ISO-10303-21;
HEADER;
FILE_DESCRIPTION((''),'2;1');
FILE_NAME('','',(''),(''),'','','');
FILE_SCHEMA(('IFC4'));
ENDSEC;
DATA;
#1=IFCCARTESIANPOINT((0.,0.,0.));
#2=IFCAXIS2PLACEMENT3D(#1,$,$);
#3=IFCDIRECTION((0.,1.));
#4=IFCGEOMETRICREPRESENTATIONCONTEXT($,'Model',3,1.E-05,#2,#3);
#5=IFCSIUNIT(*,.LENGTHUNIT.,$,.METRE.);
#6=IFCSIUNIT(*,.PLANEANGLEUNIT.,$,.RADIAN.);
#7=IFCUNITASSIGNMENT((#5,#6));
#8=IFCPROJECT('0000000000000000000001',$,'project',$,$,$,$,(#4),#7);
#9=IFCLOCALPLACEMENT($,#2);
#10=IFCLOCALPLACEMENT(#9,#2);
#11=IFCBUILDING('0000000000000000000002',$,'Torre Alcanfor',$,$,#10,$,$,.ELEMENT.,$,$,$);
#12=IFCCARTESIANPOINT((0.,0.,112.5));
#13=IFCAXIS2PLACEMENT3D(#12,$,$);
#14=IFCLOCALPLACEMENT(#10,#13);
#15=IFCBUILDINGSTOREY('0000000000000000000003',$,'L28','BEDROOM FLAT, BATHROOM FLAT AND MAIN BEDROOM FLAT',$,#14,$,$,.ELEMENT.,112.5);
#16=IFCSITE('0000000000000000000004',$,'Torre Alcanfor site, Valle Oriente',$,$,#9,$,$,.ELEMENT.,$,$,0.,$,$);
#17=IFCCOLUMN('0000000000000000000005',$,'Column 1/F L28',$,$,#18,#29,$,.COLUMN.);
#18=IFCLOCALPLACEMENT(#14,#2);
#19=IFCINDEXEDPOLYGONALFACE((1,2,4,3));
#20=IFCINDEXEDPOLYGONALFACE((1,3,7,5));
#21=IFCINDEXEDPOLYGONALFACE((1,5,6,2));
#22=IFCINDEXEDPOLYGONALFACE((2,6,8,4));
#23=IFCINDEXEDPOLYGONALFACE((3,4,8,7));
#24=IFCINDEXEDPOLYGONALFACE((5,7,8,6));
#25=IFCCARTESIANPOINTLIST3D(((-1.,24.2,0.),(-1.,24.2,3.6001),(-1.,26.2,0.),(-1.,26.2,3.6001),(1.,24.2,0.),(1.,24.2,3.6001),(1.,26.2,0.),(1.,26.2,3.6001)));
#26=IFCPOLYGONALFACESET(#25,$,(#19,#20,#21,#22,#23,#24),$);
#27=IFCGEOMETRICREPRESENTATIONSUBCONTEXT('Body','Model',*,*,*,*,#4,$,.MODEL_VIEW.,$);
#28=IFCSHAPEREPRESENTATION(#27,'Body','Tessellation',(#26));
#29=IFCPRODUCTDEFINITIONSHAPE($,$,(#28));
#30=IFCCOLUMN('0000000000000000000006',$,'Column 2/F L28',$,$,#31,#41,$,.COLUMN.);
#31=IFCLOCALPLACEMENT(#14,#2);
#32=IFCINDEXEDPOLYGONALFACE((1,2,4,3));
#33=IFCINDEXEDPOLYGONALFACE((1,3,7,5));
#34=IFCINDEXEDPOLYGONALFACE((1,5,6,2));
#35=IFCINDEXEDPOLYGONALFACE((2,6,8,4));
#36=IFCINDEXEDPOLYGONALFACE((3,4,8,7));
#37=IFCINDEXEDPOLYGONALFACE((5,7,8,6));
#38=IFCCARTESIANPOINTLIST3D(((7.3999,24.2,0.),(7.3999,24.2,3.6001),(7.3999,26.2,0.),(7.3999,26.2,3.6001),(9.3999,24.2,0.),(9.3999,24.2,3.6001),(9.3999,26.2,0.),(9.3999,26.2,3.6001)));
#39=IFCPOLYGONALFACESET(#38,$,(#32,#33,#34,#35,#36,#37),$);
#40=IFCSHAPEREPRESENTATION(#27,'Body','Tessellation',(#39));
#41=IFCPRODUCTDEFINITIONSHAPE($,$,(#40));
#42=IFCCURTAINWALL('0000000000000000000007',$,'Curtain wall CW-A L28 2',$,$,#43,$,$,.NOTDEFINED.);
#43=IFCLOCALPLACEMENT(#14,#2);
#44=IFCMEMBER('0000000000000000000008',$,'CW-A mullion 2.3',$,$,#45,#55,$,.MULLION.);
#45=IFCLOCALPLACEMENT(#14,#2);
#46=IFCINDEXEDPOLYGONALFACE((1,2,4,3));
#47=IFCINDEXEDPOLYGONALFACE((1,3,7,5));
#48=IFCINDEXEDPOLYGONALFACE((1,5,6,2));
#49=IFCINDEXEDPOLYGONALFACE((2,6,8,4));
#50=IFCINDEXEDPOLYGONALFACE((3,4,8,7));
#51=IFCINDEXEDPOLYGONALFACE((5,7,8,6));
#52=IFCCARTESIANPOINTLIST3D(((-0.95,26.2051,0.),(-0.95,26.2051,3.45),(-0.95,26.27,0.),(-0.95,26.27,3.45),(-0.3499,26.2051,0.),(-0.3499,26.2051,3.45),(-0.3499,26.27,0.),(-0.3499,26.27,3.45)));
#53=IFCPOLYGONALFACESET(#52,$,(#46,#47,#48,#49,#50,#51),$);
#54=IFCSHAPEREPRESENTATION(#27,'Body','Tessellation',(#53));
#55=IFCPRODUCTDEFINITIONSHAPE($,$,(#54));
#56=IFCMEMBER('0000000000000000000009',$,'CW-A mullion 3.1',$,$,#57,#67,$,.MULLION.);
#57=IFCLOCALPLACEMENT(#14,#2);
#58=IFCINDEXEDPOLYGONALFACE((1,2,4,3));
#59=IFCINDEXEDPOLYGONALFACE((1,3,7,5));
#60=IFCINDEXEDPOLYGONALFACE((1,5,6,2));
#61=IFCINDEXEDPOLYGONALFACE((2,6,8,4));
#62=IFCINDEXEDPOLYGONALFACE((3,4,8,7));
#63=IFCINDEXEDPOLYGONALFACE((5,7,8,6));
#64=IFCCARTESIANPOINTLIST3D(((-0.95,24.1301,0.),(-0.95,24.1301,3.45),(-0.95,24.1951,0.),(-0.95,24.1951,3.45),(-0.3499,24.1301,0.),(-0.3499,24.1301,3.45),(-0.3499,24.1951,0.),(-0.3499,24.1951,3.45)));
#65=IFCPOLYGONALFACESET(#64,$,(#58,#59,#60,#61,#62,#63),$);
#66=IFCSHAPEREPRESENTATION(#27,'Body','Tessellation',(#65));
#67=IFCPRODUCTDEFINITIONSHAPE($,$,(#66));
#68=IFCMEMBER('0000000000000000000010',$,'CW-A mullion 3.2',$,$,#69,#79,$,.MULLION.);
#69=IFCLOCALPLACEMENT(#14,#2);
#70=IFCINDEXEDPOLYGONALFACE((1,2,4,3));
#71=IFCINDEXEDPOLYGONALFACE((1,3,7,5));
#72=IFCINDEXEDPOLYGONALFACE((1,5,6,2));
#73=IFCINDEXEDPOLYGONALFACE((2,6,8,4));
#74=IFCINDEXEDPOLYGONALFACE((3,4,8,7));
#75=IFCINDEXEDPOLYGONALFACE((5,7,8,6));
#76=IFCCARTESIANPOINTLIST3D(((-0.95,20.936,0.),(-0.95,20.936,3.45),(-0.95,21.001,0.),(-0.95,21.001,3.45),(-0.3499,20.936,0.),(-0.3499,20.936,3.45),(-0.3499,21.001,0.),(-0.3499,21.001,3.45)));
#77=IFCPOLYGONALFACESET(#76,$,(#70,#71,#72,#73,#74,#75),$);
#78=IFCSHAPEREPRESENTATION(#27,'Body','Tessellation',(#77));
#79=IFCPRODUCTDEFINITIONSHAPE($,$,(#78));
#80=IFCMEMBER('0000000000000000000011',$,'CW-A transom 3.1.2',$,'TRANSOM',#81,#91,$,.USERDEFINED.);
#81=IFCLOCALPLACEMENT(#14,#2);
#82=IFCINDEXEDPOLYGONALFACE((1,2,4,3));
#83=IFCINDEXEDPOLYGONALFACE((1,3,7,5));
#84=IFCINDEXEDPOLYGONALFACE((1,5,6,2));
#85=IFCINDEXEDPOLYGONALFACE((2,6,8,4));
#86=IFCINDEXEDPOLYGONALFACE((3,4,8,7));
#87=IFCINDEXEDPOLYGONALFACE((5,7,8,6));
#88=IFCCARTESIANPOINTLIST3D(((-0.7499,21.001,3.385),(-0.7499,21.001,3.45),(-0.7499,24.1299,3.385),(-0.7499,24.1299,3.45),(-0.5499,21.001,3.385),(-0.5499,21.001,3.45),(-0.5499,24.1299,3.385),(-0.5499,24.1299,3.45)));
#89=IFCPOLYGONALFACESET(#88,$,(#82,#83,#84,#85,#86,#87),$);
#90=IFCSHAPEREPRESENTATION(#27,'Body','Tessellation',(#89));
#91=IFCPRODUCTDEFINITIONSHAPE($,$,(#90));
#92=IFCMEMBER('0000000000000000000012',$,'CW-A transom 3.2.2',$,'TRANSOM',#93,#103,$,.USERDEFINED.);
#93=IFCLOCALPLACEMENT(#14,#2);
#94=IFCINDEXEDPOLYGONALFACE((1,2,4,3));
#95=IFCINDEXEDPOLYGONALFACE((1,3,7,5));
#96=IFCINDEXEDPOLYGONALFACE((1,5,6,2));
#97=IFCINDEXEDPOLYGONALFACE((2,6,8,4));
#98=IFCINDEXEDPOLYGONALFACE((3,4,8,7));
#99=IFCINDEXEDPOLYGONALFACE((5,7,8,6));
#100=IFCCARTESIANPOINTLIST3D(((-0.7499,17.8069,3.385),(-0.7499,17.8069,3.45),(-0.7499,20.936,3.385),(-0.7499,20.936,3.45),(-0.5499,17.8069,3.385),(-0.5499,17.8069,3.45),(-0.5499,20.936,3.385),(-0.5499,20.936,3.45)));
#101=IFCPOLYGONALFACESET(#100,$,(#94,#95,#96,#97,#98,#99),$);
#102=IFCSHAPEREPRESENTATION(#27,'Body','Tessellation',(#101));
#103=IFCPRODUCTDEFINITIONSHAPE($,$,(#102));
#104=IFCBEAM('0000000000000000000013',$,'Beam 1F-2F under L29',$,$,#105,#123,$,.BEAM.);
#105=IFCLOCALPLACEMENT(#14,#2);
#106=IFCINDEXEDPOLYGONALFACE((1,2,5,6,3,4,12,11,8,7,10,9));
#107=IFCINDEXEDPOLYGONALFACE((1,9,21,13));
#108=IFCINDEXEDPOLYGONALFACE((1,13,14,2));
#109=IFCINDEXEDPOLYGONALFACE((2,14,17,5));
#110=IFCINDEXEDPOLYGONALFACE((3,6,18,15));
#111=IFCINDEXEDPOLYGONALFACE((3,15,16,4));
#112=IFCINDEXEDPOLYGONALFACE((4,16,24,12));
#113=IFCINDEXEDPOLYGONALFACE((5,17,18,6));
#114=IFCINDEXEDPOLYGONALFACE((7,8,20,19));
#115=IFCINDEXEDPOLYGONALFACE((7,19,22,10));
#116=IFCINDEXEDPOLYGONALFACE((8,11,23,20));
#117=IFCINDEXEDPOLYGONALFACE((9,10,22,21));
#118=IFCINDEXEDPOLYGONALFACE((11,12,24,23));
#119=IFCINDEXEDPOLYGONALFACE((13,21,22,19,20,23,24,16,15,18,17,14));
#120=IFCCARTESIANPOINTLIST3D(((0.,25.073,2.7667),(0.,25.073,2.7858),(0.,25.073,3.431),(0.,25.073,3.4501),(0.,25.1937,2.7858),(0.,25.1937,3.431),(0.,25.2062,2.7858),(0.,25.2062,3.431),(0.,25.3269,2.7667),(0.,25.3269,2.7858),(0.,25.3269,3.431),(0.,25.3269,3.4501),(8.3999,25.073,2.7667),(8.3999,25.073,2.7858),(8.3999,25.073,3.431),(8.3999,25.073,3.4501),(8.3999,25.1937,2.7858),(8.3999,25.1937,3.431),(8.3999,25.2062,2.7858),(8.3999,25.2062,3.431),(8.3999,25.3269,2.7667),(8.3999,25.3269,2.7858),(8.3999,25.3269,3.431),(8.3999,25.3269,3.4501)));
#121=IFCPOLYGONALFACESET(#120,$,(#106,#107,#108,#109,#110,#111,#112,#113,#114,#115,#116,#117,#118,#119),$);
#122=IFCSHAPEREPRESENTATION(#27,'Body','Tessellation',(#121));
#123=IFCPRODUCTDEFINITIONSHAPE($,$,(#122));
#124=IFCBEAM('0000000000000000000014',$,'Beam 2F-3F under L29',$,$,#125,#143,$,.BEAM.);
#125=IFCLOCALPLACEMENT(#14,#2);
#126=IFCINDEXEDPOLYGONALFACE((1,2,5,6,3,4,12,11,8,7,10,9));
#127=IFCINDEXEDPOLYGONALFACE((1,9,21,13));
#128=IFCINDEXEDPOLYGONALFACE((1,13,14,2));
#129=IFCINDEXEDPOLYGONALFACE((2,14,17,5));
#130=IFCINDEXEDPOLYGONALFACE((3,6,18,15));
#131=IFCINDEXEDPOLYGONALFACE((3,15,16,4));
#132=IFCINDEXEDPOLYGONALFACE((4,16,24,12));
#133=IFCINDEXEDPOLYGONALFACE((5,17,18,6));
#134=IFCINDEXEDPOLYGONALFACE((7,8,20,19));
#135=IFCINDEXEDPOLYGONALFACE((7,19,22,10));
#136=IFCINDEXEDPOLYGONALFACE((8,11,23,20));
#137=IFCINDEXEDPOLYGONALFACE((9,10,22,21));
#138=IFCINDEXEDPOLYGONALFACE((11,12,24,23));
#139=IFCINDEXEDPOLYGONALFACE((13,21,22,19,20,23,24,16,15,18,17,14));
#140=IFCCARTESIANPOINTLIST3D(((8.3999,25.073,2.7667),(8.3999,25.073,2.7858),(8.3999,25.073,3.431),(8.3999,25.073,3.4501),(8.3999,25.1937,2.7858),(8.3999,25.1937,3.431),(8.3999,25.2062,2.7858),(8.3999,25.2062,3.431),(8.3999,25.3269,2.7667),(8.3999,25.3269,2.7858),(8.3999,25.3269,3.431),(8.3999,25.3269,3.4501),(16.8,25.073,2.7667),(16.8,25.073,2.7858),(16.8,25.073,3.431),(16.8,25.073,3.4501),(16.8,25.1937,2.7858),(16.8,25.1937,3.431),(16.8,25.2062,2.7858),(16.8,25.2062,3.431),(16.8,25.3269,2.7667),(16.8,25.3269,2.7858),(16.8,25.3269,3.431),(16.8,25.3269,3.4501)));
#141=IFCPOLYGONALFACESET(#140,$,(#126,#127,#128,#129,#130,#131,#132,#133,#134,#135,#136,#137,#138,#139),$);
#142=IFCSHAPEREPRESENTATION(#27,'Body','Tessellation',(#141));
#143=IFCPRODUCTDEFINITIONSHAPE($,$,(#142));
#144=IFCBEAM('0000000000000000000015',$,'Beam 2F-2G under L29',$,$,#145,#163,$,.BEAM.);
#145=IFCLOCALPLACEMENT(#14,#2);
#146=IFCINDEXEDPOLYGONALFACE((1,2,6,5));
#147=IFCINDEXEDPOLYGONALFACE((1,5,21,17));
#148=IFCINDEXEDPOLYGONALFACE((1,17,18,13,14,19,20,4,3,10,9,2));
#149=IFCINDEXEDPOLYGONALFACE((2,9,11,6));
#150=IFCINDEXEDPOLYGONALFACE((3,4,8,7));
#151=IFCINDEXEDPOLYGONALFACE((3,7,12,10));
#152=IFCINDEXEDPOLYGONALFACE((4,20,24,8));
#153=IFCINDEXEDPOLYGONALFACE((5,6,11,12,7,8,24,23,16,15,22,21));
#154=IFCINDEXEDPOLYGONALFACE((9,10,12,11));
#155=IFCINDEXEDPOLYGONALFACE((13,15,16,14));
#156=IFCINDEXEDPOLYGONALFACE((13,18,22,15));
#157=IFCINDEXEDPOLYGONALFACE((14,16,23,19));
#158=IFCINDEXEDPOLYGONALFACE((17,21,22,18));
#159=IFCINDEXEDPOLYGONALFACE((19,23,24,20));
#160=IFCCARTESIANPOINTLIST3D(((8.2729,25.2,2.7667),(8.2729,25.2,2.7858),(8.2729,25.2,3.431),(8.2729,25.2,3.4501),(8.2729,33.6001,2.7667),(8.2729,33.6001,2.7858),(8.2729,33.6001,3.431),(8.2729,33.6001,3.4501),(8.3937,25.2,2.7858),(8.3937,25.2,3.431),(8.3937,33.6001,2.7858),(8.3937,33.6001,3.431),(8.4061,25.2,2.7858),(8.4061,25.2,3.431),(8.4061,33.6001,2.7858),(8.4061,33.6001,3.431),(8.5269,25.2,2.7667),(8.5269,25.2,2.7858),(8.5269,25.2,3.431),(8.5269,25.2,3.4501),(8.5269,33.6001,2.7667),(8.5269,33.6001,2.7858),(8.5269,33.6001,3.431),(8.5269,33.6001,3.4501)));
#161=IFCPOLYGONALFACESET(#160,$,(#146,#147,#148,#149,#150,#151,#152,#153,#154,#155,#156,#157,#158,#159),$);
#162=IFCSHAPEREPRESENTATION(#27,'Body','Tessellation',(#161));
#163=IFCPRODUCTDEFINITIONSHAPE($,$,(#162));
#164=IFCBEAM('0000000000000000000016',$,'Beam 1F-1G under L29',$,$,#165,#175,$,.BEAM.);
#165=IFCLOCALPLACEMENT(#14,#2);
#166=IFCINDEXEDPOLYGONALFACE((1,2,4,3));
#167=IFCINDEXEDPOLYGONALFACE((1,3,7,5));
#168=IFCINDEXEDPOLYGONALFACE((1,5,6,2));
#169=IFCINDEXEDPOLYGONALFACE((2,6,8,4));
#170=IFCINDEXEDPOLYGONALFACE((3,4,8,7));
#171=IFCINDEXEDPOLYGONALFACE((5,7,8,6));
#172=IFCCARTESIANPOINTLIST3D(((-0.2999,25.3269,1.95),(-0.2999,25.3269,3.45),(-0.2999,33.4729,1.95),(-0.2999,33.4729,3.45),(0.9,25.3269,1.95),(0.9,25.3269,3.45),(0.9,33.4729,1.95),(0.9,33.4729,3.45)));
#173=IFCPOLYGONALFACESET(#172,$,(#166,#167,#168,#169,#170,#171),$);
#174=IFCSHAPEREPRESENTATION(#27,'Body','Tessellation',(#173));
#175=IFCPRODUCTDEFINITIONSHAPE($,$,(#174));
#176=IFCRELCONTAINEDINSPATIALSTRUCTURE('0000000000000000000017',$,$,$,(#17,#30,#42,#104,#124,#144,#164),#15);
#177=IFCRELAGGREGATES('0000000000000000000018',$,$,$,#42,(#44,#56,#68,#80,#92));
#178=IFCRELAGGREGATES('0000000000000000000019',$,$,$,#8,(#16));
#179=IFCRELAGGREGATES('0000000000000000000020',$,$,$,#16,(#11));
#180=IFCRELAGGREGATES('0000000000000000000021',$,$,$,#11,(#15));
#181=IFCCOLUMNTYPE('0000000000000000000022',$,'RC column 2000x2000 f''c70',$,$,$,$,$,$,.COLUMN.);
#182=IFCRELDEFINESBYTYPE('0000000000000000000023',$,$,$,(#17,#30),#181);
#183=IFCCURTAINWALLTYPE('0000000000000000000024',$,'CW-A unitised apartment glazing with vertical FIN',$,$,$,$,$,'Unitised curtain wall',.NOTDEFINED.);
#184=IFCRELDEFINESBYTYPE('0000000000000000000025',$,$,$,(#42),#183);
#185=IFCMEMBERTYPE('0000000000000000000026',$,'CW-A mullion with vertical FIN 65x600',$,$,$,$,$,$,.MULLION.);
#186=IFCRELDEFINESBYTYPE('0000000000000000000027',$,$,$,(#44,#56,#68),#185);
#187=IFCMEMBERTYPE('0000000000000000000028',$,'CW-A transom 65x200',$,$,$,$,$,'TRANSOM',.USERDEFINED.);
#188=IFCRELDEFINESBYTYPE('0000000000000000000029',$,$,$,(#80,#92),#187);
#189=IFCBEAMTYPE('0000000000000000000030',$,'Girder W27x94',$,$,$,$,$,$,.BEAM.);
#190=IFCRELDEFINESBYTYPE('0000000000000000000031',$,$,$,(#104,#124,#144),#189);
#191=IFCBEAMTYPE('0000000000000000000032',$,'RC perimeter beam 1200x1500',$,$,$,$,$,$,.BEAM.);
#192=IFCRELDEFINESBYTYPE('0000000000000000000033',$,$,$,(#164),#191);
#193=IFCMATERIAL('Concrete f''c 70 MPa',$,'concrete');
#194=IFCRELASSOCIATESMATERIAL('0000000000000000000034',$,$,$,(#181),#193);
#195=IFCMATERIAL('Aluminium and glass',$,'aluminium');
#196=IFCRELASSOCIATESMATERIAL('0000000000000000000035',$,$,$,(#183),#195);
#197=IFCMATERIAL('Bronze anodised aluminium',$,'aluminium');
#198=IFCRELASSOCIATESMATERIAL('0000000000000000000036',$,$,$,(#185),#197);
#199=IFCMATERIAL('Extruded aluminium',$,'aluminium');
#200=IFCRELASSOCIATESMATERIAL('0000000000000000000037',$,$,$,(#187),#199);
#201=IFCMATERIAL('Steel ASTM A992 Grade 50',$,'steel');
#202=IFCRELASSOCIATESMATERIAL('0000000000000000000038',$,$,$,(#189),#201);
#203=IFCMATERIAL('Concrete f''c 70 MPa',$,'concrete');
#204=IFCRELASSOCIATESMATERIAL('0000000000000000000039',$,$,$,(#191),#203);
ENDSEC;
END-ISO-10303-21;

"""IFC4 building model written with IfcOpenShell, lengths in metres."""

from ifc_helpers import new_model, si_unit, direction, frame, origin, origin_2d, place, context, subcontext, project, spatial, rectangle, i_section, extrude, material, material_profile, profile_set, type_object, element, aggregate, save


model = new_model("IFC4")

# Units and contexts
model_context = context("Model", 3, precision=1e-05, world=origin(), true_north=direction((0.0, 1.0)))
body_context = subcontext(model_context, "Body", "Model", "MODEL_VIEW")
ifc_project = project(units=[si_unit("LENGTHUNIT", "METRE"), si_unit("PLANEANGLEUNIT", "RADIAN")], contexts=[model_context])

# Site, building, storey
site_placement = place(None, origin())
site = spatial("IfcSite", under=ifc_project, at=site_placement, Name="Torre Alcanfor site, Valle Oriente", CompositionType="ELEMENT", RefElevation=0.0)
building_placement = place(site_placement, origin())
building = spatial("IfcBuilding", under=site, at=building_placement, Name="Torre Alcanfor", CompositionType="ELEMENT")
storey_placement = place(building_placement, frame((0.0, 0.0, 112.5)))
storey = spatial("IfcBuildingStorey", under=building, at=storey_placement, Name="L28", Description="BEDROOM FLAT, BATHROOM FLAT AND MAIN BEDROOM FLAT", CompositionType="ELEMENT", Elevation=112.5)

# Columns
ifc_material_1 = material(Name="Concrete f'c 70 MPa", Category="concrete")
ifc_material_profile_1 = material_profile(ifc_material_1, rectangle(XDim=2.0, YDim=2.0, at=origin_2d()), Name="2000x2000")
ifc_profile_set_1 = profile_set([ifc_material_profile_1], Name="Concrete f'c 70 MPa")
column_type = type_object("IfcColumnType", Name="RC column 2000x2000 f'c70", PredefinedType="COLUMN", material=ifc_profile_set_1)
for number, where, z_axis, x_axis, name in (
    (1, (0.0, 25.2, 0.0), (0.0, 0.0, 1.0), (1.0, 0.0, 0.0), "Column 1/F L28"),
    (2, (8.3999, 25.2, 0.0), (0.0, 0.0, 1.0), (1.0, 0.0, 0.0), "Column 2/F L28"),
):
    element("IfcColumn", number, at=place(storey_placement, frame(where, z_axis=z_axis, x_axis=x_axis)), inside=storey, type_object=column_type, Name=name, PredefinedType="COLUMN", context=body_context, shape_type="SweptSolid", body=[
        extrude(rectangle(XDim=2.0, YDim=2.0, at=origin_2d()), origin(), (0.0, 0.0, 1.0), 3.6001),
    ])

# Curtain wall, members
ifc_material_2 = material(Name="Aluminium and glass", Category="aluminium")
curtain_wall_type = type_object("IfcCurtainWallType", Name="CW-A unitised apartment glazing with vertical FIN", ElementType="Unitised curtain wall", PredefinedType="NOTDEFINED", material=ifc_material_2)
curtain_wall_placement = place(storey_placement, origin())
curtain_wall = element("IfcCurtainWall", 3, at=curtain_wall_placement, inside=storey, type_object=curtain_wall_type, Name="Curtain wall CW-A L28 2", PredefinedType="NOTDEFINED")
ifc_material_3 = material(Name="Bronze anodised aluminium", Category="aluminium")
ifc_material_profile_2 = material_profile(ifc_material_3, rectangle(XDim=0.6001, YDim=0.0649, at=origin_2d()), Name="CW-A mullion 65x600")
ifc_profile_set_2 = profile_set([ifc_material_profile_2], Name="Bronze anodised aluminium")
member_type_1 = type_object("IfcMemberType", Name="CW-A mullion with vertical FIN 65x600", PredefinedType="MULLION", material=ifc_profile_set_2)
member_1_placement = place(storey_placement, frame((-0.6499, 26.2375, 0.0), z_axis=(0.0, 0.0, 1.0), x_axis=(1.0, 0.0, 0.0)))
member_1 = element("IfcMember", 4, at=member_1_placement, type_object=member_type_1, Name="CW-A mullion 2.3", PredefinedType="MULLION", context=body_context, shape_type="SweptSolid", body=[
    extrude(rectangle(XDim=0.6001, YDim=0.0649, at=origin_2d()), origin(), (0.0, 0.0, 1.0), 3.45),
])
member_2_placement = place(storey_placement, frame((-0.6499, 24.1626, 0.0), z_axis=(0.0, 0.0, 1.0), x_axis=(1.0, 0.0, 0.0)))
member_2 = element("IfcMember", 5, at=member_2_placement, type_object=member_type_1, Name="CW-A mullion 3.1", PredefinedType="MULLION", context=body_context, shape_type="SweptSolid", body=[
    extrude(rectangle(XDim=0.6001, YDim=0.0649, at=origin_2d()), origin(), (0.0, 0.0, 1.0), 3.45),
])
member_3_placement = place(storey_placement, frame((-0.6499, 20.9685, 0.0), z_axis=(0.0, 0.0, 1.0), x_axis=(1.0, 0.0, 0.0)))
member_3 = element("IfcMember", 6, at=member_3_placement, type_object=member_type_1, Name="CW-A mullion 3.2", PredefinedType="MULLION", context=body_context, shape_type="SweptSolid", body=[
    extrude(rectangle(XDim=0.6001, YDim=0.0649, at=origin_2d()), origin(), (0.0, 0.0, 1.0), 3.45),
])
ifc_material_4 = material(Name="Extruded aluminium", Category="aluminium")
ifc_material_profile_3 = material_profile(ifc_material_4, rectangle(XDim=0.2, YDim=0.0649, at=origin_2d()), Name="CW-A transom 200x65")
ifc_profile_set_3 = profile_set([ifc_material_profile_3], Name="Extruded aluminium")
member_type_2 = type_object("IfcMemberType", Name="CW-A transom 65x200", ElementType="TRANSOM", PredefinedType="USERDEFINED", material=ifc_profile_set_3)
member_4_placement = place(storey_placement, frame((-0.6499, 24.1299, 3.4175), z_axis=(0.0, -1.0, 0.0), x_axis=(1.0, 0.0, 0.0)))
member_4 = element("IfcMember", 7, at=member_4_placement, type_object=member_type_2, Name="CW-A transom 3.1.2", ObjectType="TRANSOM", PredefinedType="USERDEFINED", context=body_context, shape_type="SweptSolid", body=[
    extrude(rectangle(XDim=0.2, YDim=0.0649, at=origin_2d()), origin(), (0.0, 0.0, 1.0), 3.1289),
])
member_5_placement = place(storey_placement, frame((-0.6499, 20.936, 3.4175), z_axis=(0.0, -1.0, 0.0), x_axis=(1.0, 0.0, 0.0)))
member_5 = element("IfcMember", 8, at=member_5_placement, type_object=member_type_2, Name="CW-A transom 3.2.2", ObjectType="TRANSOM", PredefinedType="USERDEFINED", context=body_context, shape_type="SweptSolid", body=[
    extrude(rectangle(XDim=0.2, YDim=0.0649, at=origin_2d()), origin(), (0.0, 0.0, 1.0), 3.1292),
])

# Beams
ifc_material_5 = material(Name="Steel ASTM A992 Grade 50", Category="steel")
ifc_material_profile_4 = material_profile(ifc_material_5, i_section(OverallWidth=0.2539, OverallDepth=0.6833, WebThickness=0.0125, FlangeThickness=0.019, at=origin_2d()), Name="W27x94")
ifc_profile_set_4 = profile_set([ifc_material_profile_4], Name="Steel ASTM A992 Grade 50")
beam_type_1 = type_object("IfcBeamType", Name="Girder W27x94", PredefinedType="BEAM", material=ifc_profile_set_4)
beam_1_placement = place(storey_placement, frame((0.0, 25.2, 3.1084), z_axis=(1.0, 0.0, 0.0), x_axis=(0.0, 1.0, 0.0)))
element("IfcBeam", 9, at=beam_1_placement, inside=storey, type_object=beam_type_1, Name="Beam 1F-2F under L29", PredefinedType="BEAM", context=body_context, shape_type="SweptSolid", body=[
    extrude(i_section(OverallWidth=0.2539, OverallDepth=0.6833, WebThickness=0.0125, FlangeThickness=0.019, at=origin_2d()), origin(), (0.0, 0.0, 1.0), 8.3999),
])
for number, where, z_axis, x_axis, name in (
    (10, (8.3999, 25.2, 3.1084), (1.0, 0.0, 0.0), (0.0, 1.0, 0.0), "Beam 2F-3F under L29"),
    (11, (8.3999, 25.2, 3.1084), (0.0, 1.0, 0.0), (-1.0, 0.0, 0.0), "Beam 2F-2G under L29"),
):
    element("IfcBeam", number, at=place(storey_placement, frame(where, z_axis=z_axis, x_axis=x_axis)), inside=storey, type_object=beam_type_1, Name=name, PredefinedType="BEAM", context=body_context, shape_type="SweptSolid", body=[
        extrude(i_section(OverallWidth=0.2539, OverallDepth=0.6833, WebThickness=0.0125, FlangeThickness=0.019, at=origin_2d()), origin(), (0.0, 0.0, 1.0), 8.4001),
    ])
ifc_material_6 = material(Name="Concrete f'c 70 MPa", Category="concrete")
ifc_material_profile_5 = material_profile(ifc_material_6, rectangle(XDim=1.2, YDim=1.5, at=origin_2d()), Name="1200x1500")
ifc_profile_set_5 = profile_set([ifc_material_profile_5], Name="Concrete f'c 70 MPa")
beam_type_2 = type_object("IfcBeamType", Name="RC perimeter beam 1200x1500", PredefinedType="BEAM", material=ifc_profile_set_5)
beam_2_placement = place(storey_placement, frame((0.3, 25.3269, 2.7), z_axis=(0.0, 1.0, 0.0), x_axis=(-1.0, 0.0, 0.0)))
element("IfcBeam", 12, at=beam_2_placement, inside=storey, type_object=beam_type_2, Name="Beam 1F-1G under L29", PredefinedType="BEAM", context=body_context, shape_type="SweptSolid", body=[
    extrude(rectangle(XDim=1.2, YDim=1.5, at=origin_2d()), origin(), (0.0, 0.0, 1.0), 8.146),
])

aggregate(curtain_wall, [member_1, member_2, member_3, member_4, member_5])

save(model, "model.ifc")
